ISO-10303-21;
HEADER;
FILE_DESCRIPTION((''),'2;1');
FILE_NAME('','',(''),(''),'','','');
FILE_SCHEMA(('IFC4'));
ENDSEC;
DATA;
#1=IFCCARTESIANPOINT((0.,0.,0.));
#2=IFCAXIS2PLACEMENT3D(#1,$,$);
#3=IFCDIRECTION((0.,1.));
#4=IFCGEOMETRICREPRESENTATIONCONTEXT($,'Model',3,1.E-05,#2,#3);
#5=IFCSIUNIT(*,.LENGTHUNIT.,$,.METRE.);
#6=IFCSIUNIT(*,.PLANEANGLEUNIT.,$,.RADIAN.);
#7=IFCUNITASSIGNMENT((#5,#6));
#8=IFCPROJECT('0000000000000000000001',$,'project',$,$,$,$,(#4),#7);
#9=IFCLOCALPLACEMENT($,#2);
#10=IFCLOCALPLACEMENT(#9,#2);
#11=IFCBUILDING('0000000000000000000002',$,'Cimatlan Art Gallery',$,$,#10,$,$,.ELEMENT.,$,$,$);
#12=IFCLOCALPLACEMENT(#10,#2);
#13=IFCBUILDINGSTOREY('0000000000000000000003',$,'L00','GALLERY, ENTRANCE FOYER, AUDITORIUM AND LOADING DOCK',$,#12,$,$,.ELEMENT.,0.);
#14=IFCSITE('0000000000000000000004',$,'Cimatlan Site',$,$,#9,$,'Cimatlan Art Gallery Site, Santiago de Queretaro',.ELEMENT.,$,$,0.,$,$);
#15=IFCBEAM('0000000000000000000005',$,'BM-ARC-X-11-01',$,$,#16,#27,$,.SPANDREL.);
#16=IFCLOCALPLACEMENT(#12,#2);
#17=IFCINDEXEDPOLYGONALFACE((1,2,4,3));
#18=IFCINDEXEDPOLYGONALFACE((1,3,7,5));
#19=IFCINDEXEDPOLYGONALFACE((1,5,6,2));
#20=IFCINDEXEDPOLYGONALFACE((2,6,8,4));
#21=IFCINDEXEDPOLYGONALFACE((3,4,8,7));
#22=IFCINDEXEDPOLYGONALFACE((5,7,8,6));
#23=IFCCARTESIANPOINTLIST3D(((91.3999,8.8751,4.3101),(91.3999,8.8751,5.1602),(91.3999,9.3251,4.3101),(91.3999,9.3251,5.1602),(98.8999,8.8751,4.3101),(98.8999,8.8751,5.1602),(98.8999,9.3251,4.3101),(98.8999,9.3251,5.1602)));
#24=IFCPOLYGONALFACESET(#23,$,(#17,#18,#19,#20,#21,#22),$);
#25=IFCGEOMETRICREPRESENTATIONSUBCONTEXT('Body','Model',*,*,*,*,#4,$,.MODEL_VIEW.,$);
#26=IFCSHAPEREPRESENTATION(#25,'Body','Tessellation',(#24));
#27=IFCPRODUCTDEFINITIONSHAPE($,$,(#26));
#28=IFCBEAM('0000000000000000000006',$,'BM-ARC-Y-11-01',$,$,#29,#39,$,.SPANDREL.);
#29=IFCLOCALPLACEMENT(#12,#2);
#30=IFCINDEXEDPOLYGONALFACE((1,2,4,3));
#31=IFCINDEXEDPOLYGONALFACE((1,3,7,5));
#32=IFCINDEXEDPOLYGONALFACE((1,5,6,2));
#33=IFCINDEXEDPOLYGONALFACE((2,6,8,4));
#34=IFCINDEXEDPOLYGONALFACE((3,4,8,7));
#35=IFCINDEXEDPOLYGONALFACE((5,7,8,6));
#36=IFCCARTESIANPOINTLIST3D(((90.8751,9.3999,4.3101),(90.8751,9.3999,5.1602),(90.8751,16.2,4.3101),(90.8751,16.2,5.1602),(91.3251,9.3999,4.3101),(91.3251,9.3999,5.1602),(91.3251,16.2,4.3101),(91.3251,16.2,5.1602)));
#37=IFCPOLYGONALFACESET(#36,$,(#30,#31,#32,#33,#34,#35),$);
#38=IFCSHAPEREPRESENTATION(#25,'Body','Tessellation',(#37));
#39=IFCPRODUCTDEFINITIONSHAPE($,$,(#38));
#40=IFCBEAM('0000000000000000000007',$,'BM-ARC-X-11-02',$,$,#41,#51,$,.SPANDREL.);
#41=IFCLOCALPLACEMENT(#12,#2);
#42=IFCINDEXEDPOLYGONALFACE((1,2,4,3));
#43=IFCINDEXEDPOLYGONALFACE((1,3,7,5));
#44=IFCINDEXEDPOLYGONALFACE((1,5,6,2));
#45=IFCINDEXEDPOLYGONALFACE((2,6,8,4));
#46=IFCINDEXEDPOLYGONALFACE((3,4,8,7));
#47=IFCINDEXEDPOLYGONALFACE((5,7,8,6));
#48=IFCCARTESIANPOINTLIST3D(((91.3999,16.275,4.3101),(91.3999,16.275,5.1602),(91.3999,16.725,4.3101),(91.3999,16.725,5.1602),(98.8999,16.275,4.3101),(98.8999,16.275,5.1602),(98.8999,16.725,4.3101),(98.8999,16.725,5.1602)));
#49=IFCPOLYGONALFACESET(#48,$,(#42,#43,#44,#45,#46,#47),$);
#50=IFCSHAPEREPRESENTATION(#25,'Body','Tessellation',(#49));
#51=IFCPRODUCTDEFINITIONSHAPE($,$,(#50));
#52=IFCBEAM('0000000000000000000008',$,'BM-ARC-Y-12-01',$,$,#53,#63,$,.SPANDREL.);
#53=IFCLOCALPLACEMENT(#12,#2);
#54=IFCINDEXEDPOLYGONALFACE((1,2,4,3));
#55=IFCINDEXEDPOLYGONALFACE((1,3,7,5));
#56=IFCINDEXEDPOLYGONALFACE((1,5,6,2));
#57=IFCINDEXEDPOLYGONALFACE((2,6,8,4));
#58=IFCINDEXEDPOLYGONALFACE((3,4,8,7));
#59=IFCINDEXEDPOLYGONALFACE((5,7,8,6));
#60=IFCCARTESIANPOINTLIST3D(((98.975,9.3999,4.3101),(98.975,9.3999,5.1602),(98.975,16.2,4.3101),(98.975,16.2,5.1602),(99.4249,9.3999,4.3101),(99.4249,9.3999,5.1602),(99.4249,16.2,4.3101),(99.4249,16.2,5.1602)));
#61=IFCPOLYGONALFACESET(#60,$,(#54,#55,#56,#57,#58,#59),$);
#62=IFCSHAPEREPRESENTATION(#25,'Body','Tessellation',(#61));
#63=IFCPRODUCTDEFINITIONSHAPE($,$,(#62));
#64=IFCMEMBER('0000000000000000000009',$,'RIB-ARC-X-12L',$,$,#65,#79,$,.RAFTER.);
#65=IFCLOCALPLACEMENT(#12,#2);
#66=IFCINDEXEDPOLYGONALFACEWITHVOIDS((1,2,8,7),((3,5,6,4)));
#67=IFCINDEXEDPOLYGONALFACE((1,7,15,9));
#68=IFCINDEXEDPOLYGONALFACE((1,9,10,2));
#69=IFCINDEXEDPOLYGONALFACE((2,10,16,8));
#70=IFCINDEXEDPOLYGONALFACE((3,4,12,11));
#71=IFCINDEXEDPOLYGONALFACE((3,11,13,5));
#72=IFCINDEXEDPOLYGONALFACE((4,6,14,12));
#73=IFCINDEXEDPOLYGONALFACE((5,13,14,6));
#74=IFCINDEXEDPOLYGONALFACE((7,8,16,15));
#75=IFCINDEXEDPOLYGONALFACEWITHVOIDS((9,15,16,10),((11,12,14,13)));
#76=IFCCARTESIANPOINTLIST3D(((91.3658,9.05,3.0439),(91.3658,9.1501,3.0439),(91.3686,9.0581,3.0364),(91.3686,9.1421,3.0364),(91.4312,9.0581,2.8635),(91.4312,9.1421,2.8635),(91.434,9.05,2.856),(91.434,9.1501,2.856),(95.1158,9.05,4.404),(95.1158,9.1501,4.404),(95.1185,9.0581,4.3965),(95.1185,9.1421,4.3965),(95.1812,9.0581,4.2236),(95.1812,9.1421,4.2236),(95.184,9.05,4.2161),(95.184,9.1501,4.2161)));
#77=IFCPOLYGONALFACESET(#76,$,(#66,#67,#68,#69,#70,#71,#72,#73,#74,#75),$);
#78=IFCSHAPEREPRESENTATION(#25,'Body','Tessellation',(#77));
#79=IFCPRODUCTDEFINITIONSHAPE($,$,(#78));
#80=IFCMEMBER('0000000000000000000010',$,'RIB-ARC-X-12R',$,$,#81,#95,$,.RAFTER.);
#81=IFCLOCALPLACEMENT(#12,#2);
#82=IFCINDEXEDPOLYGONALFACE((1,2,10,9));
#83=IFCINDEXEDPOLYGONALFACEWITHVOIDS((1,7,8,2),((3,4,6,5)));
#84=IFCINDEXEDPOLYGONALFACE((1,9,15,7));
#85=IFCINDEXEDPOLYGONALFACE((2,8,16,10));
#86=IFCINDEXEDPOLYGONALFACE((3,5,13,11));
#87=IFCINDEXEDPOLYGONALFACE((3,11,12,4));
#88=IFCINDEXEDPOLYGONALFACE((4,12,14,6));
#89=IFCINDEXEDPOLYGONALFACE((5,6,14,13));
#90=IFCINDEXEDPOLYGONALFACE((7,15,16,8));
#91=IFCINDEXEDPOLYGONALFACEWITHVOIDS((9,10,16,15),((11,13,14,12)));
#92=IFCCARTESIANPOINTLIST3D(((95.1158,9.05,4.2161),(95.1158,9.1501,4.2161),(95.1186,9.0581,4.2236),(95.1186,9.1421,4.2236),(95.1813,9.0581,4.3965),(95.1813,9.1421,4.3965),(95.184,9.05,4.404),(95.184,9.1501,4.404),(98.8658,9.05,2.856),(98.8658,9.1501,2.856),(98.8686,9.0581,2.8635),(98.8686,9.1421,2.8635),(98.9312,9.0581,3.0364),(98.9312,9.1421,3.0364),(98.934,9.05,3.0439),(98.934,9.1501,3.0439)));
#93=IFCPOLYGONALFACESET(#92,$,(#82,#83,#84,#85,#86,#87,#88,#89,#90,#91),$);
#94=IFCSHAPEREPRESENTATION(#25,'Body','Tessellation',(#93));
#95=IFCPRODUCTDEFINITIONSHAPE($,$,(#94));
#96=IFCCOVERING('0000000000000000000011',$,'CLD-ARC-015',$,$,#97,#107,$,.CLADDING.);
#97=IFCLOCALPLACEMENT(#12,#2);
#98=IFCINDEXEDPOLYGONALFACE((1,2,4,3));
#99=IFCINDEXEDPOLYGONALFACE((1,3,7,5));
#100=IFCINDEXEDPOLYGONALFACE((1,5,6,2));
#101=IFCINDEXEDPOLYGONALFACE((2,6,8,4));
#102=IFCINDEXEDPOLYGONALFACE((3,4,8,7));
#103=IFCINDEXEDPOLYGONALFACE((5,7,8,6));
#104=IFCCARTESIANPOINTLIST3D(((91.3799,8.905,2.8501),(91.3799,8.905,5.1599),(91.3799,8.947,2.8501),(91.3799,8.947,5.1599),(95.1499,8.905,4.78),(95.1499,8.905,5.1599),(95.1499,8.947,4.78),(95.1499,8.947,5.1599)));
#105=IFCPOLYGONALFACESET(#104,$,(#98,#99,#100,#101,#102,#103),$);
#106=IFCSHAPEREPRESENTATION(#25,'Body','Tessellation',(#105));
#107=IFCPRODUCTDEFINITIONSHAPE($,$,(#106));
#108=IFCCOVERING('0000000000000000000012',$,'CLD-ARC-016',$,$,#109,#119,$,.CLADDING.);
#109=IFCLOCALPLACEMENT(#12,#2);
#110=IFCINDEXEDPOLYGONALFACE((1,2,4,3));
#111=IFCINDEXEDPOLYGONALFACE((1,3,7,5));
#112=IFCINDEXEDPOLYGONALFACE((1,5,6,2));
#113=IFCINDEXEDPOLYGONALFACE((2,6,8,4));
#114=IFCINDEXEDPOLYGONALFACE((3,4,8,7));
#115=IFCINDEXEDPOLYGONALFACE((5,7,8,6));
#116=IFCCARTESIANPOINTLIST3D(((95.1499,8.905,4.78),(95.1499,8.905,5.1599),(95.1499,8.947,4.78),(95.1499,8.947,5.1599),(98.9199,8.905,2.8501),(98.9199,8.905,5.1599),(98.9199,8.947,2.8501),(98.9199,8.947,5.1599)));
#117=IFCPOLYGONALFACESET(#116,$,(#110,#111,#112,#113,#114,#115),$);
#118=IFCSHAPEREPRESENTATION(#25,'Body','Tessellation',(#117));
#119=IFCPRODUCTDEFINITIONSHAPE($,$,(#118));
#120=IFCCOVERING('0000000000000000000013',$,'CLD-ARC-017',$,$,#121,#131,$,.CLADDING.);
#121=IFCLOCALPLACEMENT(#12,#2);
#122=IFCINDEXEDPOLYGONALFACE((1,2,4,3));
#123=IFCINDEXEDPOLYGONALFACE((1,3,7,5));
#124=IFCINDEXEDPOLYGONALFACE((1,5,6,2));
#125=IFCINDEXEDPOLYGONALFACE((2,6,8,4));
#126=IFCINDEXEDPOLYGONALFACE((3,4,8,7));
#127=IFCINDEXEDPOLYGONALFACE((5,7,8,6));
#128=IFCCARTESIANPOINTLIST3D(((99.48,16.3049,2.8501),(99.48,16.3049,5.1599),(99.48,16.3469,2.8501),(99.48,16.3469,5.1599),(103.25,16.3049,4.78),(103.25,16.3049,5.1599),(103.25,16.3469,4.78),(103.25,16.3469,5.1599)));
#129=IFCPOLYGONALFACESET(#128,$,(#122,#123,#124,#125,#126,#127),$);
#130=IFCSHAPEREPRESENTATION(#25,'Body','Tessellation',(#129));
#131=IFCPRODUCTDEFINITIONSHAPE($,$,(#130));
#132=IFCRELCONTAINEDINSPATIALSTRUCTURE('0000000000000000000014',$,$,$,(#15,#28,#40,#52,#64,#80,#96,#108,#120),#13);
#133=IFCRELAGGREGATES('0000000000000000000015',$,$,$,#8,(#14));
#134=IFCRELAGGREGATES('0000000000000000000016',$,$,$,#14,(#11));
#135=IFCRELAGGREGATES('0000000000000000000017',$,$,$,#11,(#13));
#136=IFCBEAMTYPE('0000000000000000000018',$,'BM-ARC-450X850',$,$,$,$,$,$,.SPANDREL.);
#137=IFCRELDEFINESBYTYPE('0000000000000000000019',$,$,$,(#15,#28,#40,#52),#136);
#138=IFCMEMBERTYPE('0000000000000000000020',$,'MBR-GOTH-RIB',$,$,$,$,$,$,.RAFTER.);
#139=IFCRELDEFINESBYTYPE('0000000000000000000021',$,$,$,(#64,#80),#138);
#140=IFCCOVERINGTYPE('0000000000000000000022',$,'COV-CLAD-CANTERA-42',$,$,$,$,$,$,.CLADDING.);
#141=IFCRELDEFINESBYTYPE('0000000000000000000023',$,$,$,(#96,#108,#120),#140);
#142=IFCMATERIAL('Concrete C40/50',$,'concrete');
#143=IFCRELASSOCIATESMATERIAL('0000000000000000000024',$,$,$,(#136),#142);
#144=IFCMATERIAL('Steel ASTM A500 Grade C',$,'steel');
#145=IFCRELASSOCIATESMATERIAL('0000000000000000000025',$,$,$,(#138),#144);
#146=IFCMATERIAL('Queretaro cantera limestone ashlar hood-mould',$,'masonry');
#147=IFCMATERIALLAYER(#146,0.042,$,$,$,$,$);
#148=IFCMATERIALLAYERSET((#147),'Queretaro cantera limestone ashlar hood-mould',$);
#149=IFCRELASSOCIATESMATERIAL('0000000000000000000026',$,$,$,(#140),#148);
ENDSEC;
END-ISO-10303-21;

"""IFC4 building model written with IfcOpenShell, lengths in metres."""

from ifc_helpers import new_model, si_unit, direction, frame, origin, origin_2d, place, context, subcontext, project, spatial, polyline, rectangle, hollow_rectangle, outline, extrude, material, layer, layer_set, material_profile, profile_set, type_object, element, save


model = new_model("IFC4")

# Units and contexts
model_context = context("Model", 3, precision=1e-05, world=origin(), true_north=direction((0.0, 1.0)))
body_context = subcontext(model_context, "Body", "Model", "MODEL_VIEW")
ifc_project = project(units=[si_unit("LENGTHUNIT", "METRE"), si_unit("PLANEANGLEUNIT", "RADIAN")], contexts=[model_context])

# Site, building, storey
site_placement = place(None, origin())
site = spatial("IfcSite", under=ifc_project, at=site_placement, Name="Cimatlan Site", LongName="Cimatlan Art Gallery Site, Santiago de Queretaro", CompositionType="ELEMENT", RefElevation=0.0)
building_placement = place(site_placement, origin())
building = spatial("IfcBuilding", under=site, at=building_placement, Name="Cimatlan Art Gallery", CompositionType="ELEMENT")
storey_placement = place(building_placement, origin())
storey = spatial("IfcBuildingStorey", under=building, at=storey_placement, Name="L00", Description="GALLERY, ENTRANCE FOYER, AUDITORIUM AND LOADING DOCK", CompositionType="ELEMENT", Elevation=0.0)

# Shared definitions
ifc_material_1 = material(Name="Concrete C40/50", Category="concrete")

# Beams
ifc_material_profile_1 = material_profile(ifc_material_1, rectangle(XDim=0.45, YDim=0.8501, at=origin_2d()), Name="RC450X850")
ifc_profile_set_1 = profile_set([ifc_material_profile_1], Name="Concrete C40/50")
beam_type = type_object("IfcBeamType", Name="BM-ARC-450X850", PredefinedType="SPANDREL", material=ifc_profile_set_1)
beam_1_placement = place(storey_placement, frame((91.3999, 9.1001, 4.7351), z_axis=(1.0, 0.0, 0.0), x_axis=(0.0, 1.0, 0.0)))
element("IfcBeam", 1, at=beam_1_placement, inside=storey, type_object=beam_type, Name="BM-ARC-X-11-01", PredefinedType="SPANDREL", context=body_context, shape_type="SweptSolid", body=[
    extrude(rectangle(XDim=0.45, YDim=0.8501, at=origin_2d()), origin(), (0.0, 0.0, 1.0), 7.5),
])
beam_2_placement = place(storey_placement, frame((91.1001, 9.3999, 4.7351), z_axis=(0.0, 1.0, 0.0), x_axis=(-1.0, 0.0, 0.0)))
element("IfcBeam", 2, at=beam_2_placement, inside=storey, type_object=beam_type, Name="BM-ARC-Y-11-01", PredefinedType="SPANDREL", context=body_context, shape_type="SweptSolid", body=[
    extrude(rectangle(XDim=0.45, YDim=0.8501, at=origin_2d()), origin(), (0.0, 0.0, 1.0), 6.8),
])
beam_3_placement = place(storey_placement, frame((91.3999, 16.5, 4.7351), z_axis=(1.0, 0.0, 0.0), x_axis=(0.0, 1.0, 0.0)))
element("IfcBeam", 3, at=beam_3_placement, inside=storey, type_object=beam_type, Name="BM-ARC-X-11-02", PredefinedType="SPANDREL", context=body_context, shape_type="SweptSolid", body=[
    extrude(rectangle(XDim=0.45, YDim=0.8501, at=origin_2d()), origin(), (0.0, 0.0, 1.0), 7.5),
])
beam_4_placement = place(storey_placement, frame((99.2, 9.3999, 4.7351), z_axis=(0.0, 1.0, 0.0), x_axis=(-1.0, 0.0, 0.0)))
element("IfcBeam", 4, at=beam_4_placement, inside=storey, type_object=beam_type, Name="BM-ARC-Y-12-01", PredefinedType="SPANDREL", context=body_context, shape_type="SweptSolid", body=[
    extrude(rectangle(XDim=0.45, YDim=0.8501, at=origin_2d()), origin(), (0.0, 0.0, 1.0), 6.8),
])

# Members
ifc_material_2 = material(Name="Steel ASTM A500 Grade C", Category="steel")
ifc_material_profile_2 = material_profile(ifc_material_2, hollow_rectangle(XDim=0.1001, YDim=0.2, WallThickness=0.0081, at=origin_2d()), Name="HSS200X100X8")
ifc_profile_set_2 = profile_set([ifc_material_profile_2], Name="Steel ASTM A500 Grade C")
member_type = type_object("IfcMemberType", Name="MBR-GOTH-RIB", PredefinedType="RAFTER", material=ifc_profile_set_2)
for number, where, z_axis, x_axis, name in (
    (5, (91.3999, 9.1001, 2.95), (0.940077, 0.0, 0.340962), (0.0, 1.0, 0.0), "RIB-ARC-X-12L"),
    (6, (98.8999, 9.1001, 2.95), (-0.940077, 0.0, 0.340962), (0.0, -1.0, 0.0), "RIB-ARC-X-12R"),
):
    element("IfcMember", number, at=place(storey_placement, frame(where, z_axis=z_axis, x_axis=x_axis)), inside=storey, type_object=member_type, Name=name, PredefinedType="RAFTER", context=body_context, shape_type="SweptSolid", body=[
        extrude(hollow_rectangle(XDim=0.1001, YDim=0.2, WallThickness=0.0081, at=origin_2d()), origin(), (0.0, 0.0, 1.0), 3.989),
    ])

# Coverings
ifc_material_3 = material(Name="Queretaro cantera limestone ashlar hood-mould", Category="masonry")
ifc_layer = layer(ifc_material_3, 0.042)
ifc_layer_set = layer_set([ifc_layer], Name="Queretaro cantera limestone ashlar hood-mould")
covering_type = type_object("IfcCoveringType", Name="COV-CLAD-CANTERA-42", PredefinedType="CLADDING", material=ifc_layer_set)
covering_1_placement = place(storey_placement, frame((91.3799, 8.905, 2.8501), z_axis=(0.0, -1.0, 0.0), x_axis=(0.890144, 0.0, 0.455679)))
element("IfcCovering", 7, at=covering_1_placement, inside=storey, type_object=covering_type, Name="CLD-ARC-015", PredefinedType="CLADDING", context=body_context, shape_type="SweptSolid", body=[
    extrude(outline(polyline([(0.0, 0.0), (4.2353, 0.0), (4.4084, 0.3382), (1.0525, 2.0561), (0.0, 0.0)])), origin(), (0.0, 0.0, -1.0), 0.042),
])
covering_2_placement = place(storey_placement, frame((95.1499, 8.905, 4.78), z_axis=(0.0, -1.0, 0.0), x_axis=(0.890144, 0.0, -0.455679)))
element("IfcCovering", 8, at=covering_2_placement, inside=storey, type_object=covering_type, Name="CLD-ARC-016", PredefinedType="CLADDING", context=body_context, shape_type="SweptSolid", body=[
    extrude(outline(polyline([(0.0, 0.0), (4.2353, 0.0), (3.1828, 2.0561), (-0.1731, 0.3382), (0.0, 0.0)])), origin(), (0.0, 0.0, -1.0), 0.042),
])
covering_3_placement = place(storey_placement, frame((99.48, 16.3049, 2.8501), z_axis=(0.0, -1.0, 0.0), x_axis=(0.890144, 0.0, 0.455679)))
element("IfcCovering", 9, at=covering_3_placement, inside=storey, type_object=covering_type, Name="CLD-ARC-017", PredefinedType="CLADDING", context=body_context, shape_type="SweptSolid", body=[
    extrude(outline(polyline([(0.0, 0.0), (4.2353, 0.0), (4.4084, 0.3382), (1.0525, 2.0561), (0.0, 0.0)])), origin(), (0.0, 0.0, -1.0), 0.042),
])

save(model, "model.ifc")
